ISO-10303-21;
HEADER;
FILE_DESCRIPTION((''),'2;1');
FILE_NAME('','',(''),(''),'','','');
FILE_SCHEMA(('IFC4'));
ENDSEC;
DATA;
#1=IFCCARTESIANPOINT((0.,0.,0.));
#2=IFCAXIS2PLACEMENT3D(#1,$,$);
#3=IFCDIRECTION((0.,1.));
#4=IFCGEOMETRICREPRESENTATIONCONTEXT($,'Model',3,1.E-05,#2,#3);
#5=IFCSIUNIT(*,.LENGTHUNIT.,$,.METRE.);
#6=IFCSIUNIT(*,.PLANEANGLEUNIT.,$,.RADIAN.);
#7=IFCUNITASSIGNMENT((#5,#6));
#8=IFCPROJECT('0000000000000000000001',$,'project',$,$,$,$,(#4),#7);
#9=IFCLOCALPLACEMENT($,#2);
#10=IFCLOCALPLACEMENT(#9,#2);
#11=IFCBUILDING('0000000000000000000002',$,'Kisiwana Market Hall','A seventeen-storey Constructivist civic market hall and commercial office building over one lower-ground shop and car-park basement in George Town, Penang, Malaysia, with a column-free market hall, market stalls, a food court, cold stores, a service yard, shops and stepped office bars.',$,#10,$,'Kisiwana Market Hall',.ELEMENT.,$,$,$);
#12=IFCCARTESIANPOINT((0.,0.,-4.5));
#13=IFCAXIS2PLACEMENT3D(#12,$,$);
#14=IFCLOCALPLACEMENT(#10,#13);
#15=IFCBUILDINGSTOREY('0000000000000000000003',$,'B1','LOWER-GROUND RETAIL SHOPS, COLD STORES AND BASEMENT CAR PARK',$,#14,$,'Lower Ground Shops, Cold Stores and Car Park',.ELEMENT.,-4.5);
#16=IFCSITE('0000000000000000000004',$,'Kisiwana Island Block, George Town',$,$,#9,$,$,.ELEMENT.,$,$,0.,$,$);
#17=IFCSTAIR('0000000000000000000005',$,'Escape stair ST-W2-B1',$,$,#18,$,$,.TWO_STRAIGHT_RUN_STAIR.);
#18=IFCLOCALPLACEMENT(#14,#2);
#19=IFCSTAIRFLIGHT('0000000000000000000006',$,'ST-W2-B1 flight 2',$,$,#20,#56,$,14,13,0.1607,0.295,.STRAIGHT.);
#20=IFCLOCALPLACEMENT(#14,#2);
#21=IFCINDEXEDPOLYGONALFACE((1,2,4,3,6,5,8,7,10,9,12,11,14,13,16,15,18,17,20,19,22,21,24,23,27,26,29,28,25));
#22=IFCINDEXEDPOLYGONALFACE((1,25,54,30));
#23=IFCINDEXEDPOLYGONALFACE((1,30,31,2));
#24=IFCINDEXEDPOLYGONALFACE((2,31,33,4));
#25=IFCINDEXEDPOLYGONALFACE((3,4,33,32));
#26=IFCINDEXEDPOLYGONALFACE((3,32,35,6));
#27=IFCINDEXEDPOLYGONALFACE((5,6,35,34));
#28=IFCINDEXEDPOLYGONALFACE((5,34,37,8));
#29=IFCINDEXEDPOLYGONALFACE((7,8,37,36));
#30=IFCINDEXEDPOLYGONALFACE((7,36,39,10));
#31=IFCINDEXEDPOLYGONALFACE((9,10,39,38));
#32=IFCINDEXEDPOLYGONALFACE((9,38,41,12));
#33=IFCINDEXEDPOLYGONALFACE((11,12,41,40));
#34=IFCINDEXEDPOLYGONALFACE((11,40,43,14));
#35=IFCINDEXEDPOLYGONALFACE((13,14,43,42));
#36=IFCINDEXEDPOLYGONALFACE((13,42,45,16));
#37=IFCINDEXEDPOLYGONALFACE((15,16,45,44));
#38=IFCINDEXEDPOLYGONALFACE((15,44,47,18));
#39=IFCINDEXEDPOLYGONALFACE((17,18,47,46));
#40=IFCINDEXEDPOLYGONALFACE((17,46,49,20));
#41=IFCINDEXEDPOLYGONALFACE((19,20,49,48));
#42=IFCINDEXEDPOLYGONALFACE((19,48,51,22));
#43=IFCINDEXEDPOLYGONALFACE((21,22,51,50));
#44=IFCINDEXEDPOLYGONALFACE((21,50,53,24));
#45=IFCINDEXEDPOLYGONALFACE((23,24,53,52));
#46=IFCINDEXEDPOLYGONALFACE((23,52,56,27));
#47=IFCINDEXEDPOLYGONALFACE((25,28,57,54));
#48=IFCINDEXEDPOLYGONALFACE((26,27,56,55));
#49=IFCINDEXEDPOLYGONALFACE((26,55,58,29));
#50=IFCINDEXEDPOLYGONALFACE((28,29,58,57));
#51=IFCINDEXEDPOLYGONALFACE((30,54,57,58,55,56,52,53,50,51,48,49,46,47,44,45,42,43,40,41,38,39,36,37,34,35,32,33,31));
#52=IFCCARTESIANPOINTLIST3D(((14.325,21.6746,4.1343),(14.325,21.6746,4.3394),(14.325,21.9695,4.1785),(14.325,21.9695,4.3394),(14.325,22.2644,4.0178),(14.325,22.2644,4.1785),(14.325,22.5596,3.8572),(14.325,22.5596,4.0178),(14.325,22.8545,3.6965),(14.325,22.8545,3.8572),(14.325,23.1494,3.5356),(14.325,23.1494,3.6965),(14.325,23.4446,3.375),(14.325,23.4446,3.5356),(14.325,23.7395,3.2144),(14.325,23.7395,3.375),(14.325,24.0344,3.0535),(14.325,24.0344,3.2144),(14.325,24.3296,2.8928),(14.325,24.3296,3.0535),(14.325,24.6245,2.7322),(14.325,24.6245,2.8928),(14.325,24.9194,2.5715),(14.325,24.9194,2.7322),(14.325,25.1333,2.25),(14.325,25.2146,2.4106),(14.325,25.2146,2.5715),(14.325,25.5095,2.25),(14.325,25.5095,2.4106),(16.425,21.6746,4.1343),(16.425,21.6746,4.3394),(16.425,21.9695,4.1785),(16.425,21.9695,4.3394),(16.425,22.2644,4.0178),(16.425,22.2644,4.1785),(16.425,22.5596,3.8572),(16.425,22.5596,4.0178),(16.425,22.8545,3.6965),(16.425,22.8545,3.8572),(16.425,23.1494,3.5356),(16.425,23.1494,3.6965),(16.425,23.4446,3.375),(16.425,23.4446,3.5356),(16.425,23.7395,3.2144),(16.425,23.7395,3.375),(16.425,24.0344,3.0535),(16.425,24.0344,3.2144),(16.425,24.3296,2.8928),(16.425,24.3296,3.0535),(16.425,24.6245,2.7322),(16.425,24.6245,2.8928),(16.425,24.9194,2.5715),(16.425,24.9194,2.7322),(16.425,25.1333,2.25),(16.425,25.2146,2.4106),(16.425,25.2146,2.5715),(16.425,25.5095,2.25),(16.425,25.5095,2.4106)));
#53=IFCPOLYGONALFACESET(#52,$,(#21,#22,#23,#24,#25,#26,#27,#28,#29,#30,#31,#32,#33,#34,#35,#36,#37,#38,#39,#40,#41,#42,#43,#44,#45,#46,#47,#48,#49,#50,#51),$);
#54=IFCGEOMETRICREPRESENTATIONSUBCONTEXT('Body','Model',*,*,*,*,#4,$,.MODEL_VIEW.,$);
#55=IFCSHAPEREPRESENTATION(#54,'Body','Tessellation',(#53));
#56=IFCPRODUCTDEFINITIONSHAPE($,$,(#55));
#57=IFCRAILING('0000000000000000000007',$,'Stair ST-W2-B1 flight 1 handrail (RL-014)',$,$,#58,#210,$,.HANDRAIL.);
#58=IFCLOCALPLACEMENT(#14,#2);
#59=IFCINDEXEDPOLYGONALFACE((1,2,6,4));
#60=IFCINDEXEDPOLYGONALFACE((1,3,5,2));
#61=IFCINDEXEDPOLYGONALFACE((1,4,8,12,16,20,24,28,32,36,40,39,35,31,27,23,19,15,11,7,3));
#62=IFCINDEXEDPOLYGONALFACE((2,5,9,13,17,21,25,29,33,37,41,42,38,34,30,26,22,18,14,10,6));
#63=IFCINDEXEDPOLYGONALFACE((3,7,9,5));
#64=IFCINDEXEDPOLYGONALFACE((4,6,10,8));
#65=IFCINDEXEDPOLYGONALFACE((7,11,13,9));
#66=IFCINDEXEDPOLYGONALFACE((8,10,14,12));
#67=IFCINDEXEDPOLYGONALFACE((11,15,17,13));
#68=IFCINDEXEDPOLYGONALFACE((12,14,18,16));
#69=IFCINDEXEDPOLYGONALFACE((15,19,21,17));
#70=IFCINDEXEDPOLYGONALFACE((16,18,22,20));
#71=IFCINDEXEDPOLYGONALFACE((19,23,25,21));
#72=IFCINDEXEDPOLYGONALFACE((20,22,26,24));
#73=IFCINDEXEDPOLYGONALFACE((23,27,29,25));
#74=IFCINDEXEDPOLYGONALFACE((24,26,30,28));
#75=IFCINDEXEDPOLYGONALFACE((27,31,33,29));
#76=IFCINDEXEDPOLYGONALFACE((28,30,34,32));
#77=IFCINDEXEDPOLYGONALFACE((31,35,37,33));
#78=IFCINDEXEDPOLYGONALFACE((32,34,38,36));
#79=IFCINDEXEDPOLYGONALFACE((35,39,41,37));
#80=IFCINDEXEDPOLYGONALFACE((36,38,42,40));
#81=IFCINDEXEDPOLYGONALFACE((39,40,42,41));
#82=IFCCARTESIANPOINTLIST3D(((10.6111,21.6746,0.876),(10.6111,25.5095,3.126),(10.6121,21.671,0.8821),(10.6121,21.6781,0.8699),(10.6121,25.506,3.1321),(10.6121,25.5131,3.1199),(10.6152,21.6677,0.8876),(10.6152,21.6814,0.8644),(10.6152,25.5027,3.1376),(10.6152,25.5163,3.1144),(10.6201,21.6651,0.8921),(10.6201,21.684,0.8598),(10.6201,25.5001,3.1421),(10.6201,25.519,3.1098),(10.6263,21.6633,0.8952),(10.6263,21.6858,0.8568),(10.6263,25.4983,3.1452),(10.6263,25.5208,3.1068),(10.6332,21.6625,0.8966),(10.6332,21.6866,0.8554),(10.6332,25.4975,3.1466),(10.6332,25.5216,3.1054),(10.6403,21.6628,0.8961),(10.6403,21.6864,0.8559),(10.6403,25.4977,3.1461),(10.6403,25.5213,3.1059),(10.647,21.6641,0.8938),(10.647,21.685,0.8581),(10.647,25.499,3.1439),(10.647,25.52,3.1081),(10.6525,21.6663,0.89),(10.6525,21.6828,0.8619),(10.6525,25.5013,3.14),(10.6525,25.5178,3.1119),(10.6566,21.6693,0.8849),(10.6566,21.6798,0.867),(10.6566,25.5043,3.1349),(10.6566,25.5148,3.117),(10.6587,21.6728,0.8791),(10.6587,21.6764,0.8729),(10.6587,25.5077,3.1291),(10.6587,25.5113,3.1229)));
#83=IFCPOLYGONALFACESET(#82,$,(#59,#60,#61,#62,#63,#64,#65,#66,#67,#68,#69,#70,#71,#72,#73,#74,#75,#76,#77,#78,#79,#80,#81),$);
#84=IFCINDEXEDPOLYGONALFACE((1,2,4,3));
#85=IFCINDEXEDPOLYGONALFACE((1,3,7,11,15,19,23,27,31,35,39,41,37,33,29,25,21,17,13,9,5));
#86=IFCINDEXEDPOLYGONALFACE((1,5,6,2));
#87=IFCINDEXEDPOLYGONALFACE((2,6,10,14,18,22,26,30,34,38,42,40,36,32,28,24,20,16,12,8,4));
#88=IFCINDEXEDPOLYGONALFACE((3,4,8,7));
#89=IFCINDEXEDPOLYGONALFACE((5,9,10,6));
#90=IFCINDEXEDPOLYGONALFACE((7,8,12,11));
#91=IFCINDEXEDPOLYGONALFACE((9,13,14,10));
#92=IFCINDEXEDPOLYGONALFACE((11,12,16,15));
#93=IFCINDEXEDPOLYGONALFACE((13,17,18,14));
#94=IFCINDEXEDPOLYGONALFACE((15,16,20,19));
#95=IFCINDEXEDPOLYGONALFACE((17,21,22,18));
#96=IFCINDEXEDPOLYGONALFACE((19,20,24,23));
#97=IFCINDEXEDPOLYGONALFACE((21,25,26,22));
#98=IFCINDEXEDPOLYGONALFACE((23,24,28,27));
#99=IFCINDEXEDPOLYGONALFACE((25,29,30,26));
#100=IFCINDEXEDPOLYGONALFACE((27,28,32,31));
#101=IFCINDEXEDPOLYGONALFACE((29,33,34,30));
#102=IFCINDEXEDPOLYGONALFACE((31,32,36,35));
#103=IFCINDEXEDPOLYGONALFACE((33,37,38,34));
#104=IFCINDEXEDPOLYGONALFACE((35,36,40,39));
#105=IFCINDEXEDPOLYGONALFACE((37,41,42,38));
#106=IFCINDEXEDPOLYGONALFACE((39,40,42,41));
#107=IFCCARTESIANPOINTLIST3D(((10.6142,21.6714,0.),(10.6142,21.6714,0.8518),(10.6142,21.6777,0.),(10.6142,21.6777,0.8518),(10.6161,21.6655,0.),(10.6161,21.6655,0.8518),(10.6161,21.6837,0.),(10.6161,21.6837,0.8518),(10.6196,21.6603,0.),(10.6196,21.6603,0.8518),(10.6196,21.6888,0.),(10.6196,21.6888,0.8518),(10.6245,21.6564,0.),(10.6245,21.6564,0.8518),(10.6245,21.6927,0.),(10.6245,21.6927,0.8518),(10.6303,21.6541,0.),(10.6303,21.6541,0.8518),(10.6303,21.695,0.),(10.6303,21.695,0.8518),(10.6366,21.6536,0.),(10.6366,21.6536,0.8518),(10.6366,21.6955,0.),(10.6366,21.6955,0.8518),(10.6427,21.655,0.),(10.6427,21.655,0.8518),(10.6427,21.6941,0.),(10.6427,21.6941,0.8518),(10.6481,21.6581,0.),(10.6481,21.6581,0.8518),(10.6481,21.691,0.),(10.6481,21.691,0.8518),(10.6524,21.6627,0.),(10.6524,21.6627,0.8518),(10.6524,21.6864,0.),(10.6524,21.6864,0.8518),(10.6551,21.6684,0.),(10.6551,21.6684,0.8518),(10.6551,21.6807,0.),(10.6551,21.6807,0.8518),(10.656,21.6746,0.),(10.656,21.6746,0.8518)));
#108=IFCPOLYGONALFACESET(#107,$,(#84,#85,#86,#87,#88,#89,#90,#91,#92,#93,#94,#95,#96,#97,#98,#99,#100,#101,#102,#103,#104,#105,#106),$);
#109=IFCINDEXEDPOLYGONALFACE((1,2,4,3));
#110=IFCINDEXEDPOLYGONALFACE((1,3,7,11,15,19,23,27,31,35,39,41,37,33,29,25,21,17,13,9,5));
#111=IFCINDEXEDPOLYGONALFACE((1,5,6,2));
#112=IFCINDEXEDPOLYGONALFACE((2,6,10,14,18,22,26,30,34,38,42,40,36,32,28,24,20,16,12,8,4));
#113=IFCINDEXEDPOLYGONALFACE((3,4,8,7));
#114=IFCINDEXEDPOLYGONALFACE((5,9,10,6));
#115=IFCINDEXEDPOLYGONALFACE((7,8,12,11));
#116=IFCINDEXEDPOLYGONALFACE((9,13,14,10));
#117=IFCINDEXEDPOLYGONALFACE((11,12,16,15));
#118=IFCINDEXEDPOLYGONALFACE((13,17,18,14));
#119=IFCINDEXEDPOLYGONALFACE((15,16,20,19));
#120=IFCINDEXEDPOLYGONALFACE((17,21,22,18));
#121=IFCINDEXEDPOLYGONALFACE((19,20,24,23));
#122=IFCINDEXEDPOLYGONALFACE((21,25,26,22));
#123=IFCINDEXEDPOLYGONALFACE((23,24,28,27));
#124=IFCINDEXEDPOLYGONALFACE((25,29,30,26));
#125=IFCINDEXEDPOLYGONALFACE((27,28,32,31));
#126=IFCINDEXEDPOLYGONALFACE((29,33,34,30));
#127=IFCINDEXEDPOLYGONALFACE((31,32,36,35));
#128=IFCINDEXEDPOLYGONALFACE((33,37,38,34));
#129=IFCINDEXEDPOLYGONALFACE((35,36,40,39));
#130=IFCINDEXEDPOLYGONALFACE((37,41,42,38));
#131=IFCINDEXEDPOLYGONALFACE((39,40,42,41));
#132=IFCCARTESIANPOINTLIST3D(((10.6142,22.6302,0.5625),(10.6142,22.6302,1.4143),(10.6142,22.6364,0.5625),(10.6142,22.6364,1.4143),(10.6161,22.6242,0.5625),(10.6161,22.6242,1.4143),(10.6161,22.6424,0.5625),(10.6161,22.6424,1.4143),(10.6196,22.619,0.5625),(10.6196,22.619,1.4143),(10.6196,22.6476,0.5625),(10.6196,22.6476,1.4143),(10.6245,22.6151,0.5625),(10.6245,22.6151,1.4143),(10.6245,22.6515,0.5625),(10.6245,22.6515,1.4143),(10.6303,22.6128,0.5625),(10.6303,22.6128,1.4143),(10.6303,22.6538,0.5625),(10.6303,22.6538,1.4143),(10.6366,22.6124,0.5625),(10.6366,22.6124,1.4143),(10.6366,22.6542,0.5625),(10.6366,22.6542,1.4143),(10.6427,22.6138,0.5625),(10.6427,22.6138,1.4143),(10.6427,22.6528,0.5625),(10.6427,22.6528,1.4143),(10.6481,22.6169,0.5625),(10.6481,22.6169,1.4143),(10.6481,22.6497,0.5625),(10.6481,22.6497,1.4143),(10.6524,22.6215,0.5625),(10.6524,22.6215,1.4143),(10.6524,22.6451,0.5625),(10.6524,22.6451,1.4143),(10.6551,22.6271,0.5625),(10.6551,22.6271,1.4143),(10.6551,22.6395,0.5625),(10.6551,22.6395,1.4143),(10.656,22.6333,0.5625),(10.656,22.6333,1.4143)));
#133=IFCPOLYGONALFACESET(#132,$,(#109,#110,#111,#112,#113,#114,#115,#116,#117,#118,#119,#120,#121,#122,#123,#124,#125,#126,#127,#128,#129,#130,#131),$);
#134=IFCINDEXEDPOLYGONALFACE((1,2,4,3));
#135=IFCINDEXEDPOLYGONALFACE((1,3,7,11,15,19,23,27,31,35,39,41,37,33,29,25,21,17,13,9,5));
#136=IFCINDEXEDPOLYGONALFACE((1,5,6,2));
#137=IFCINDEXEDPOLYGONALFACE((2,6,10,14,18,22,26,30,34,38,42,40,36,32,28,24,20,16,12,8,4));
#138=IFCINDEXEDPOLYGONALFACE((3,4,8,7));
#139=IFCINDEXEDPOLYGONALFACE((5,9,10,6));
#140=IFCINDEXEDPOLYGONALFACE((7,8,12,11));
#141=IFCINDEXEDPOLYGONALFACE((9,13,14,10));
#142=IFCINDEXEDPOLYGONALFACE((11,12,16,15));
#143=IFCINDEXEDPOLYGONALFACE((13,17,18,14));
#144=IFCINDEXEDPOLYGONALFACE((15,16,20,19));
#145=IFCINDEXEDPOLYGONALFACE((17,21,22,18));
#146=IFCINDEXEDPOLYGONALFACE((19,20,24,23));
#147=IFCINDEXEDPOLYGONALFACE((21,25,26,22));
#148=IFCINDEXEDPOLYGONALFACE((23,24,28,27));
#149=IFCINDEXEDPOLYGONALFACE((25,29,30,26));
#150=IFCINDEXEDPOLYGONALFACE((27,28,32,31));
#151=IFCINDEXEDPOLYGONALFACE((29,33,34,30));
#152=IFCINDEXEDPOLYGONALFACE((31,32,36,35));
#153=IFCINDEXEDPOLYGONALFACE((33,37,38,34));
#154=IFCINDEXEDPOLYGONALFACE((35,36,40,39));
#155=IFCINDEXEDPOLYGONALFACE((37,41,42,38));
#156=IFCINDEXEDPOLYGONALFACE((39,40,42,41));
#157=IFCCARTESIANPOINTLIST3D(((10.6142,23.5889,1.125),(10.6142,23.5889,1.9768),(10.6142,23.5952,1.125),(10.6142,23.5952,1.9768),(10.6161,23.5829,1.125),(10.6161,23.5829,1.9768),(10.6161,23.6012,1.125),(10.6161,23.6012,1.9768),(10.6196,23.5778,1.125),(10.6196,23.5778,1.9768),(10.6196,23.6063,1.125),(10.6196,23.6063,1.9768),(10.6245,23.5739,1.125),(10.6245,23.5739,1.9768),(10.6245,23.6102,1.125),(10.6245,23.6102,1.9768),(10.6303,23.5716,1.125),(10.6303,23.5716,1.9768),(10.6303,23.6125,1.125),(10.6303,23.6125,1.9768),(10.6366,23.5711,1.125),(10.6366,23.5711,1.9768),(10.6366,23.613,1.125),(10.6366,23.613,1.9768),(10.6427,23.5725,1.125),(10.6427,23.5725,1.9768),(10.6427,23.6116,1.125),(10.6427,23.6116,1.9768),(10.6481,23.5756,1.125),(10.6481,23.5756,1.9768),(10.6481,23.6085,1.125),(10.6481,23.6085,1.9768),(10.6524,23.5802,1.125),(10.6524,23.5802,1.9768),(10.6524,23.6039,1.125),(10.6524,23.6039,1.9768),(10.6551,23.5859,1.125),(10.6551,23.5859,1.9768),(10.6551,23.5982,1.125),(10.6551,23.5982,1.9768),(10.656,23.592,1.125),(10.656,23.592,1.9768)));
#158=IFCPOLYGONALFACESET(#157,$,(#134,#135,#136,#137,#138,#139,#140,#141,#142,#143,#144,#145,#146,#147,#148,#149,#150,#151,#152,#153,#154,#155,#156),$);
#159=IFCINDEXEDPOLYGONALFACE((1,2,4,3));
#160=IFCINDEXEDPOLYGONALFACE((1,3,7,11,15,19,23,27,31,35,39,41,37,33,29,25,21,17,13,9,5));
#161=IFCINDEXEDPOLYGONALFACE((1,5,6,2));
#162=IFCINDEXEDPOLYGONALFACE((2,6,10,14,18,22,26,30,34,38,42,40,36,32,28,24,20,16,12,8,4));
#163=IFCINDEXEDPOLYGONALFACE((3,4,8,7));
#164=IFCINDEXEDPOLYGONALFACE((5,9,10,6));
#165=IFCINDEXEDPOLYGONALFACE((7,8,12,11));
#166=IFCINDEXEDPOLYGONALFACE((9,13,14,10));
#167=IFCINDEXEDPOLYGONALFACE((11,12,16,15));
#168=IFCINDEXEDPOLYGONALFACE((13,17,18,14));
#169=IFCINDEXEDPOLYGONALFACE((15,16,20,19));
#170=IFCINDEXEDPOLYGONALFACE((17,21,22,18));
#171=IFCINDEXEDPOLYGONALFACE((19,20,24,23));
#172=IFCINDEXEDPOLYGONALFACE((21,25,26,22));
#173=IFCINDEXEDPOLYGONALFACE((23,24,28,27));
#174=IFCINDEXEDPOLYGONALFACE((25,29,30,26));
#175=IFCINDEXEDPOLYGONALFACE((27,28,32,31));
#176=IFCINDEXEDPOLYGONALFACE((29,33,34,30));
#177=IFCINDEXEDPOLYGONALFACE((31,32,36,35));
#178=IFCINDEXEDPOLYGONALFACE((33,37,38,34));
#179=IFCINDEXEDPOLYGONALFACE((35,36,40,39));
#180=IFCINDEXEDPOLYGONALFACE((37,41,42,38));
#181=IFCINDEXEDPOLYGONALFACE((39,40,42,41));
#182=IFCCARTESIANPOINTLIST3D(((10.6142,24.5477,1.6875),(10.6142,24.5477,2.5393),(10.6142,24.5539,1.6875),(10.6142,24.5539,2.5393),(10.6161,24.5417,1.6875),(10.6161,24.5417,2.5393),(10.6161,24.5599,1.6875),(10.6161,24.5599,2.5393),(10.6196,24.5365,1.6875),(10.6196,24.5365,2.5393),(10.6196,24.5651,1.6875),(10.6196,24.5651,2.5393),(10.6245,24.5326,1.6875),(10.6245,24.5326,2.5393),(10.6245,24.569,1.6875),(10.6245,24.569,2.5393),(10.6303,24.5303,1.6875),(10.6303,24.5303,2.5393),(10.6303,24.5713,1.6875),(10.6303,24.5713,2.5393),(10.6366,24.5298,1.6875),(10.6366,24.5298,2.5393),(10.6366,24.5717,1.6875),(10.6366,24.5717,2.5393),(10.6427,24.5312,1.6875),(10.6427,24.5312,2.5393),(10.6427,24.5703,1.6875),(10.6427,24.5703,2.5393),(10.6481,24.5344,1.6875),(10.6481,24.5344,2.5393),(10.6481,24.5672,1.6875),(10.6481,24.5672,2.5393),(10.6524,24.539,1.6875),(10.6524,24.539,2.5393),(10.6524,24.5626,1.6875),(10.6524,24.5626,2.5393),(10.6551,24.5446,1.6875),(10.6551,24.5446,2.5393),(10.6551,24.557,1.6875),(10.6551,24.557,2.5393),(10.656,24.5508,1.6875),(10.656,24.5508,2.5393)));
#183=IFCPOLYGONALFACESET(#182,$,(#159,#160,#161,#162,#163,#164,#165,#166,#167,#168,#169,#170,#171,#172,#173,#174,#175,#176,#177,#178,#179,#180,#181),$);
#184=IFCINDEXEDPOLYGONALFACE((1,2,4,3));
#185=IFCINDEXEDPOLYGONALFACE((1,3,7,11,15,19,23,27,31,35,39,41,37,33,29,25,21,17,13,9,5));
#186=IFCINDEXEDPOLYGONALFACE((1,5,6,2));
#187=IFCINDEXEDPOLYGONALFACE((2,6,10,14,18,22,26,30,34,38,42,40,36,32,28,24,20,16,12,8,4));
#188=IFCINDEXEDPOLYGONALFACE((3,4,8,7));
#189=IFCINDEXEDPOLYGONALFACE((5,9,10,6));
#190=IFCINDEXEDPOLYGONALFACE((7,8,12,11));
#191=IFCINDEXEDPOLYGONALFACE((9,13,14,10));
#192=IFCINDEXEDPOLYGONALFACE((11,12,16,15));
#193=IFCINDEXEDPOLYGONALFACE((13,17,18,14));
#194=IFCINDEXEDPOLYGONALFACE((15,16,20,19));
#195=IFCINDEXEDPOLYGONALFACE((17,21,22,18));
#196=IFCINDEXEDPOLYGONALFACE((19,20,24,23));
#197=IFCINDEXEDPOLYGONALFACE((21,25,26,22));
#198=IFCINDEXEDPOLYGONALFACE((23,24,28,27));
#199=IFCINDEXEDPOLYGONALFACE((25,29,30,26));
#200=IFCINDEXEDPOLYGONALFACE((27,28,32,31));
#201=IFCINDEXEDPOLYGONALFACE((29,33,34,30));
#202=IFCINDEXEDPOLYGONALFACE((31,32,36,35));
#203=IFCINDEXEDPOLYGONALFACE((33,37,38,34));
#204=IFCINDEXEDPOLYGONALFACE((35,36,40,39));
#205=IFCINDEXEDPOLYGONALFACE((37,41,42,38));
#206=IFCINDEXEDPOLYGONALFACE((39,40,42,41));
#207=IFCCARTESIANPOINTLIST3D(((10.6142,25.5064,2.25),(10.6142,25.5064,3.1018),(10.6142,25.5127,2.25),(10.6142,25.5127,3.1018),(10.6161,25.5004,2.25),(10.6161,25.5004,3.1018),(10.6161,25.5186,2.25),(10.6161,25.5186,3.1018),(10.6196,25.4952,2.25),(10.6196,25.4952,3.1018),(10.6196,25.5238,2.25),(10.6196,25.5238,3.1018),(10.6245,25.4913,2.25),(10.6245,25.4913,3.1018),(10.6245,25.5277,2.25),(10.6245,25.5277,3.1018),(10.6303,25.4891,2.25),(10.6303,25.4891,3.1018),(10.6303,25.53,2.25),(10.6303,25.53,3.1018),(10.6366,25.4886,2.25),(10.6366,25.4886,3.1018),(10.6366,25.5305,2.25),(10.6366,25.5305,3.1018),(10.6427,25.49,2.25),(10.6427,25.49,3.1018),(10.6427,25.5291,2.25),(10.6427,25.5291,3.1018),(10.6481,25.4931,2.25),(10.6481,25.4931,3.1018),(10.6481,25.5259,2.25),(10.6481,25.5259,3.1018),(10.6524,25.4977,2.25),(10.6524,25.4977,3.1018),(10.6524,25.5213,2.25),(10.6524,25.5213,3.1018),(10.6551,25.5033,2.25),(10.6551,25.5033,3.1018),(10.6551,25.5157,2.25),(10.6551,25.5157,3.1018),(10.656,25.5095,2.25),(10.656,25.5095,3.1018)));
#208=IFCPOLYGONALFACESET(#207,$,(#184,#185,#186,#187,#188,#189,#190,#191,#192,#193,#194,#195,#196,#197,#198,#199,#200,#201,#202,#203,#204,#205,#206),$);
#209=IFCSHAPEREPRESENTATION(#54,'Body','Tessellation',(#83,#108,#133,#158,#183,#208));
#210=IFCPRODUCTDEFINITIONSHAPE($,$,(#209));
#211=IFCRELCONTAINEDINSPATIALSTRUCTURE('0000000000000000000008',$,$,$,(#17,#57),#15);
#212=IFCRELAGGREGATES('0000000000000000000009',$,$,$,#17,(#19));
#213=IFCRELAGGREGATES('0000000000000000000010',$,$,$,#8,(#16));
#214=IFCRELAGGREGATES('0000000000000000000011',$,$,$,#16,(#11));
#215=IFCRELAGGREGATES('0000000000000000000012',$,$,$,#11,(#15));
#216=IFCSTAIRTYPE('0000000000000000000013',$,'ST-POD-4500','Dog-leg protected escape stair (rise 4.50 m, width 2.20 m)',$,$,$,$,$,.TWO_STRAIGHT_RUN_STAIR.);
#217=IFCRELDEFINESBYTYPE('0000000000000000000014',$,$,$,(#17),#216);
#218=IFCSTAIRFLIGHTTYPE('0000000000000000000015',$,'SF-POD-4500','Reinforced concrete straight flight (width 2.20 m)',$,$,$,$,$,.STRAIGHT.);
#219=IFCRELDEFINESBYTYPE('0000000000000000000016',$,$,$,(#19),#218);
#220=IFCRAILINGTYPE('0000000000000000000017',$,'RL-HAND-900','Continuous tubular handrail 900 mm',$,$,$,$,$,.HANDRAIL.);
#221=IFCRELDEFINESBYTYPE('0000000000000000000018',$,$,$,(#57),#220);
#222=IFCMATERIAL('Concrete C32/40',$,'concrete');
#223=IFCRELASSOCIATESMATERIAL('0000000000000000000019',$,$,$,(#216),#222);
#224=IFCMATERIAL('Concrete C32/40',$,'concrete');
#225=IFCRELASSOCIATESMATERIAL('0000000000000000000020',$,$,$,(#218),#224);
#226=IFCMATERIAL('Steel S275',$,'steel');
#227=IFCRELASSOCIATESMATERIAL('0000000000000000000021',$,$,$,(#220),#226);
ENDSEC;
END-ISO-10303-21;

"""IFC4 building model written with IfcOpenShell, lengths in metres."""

from ifc_helpers import new_model, si_unit, direction, frame, origin, origin_2d, place, context, subcontext, project, spatial, polyline, circle, outline, extrude, material, type_object, element, aggregate, save


model = new_model("IFC4")

# Units and contexts
model_context = context("Model", 3, precision=1e-05, world=origin(), true_north=direction((0.0, 1.0)))
body_context = subcontext(model_context, "Body", "Model", "MODEL_VIEW")
ifc_project = project(units=[si_unit("LENGTHUNIT", "METRE"), si_unit("PLANEANGLEUNIT", "RADIAN")], contexts=[model_context])

# Site, building, storey
site_placement = place(None, origin())
site = spatial("IfcSite", under=ifc_project, at=site_placement, Name="Kisiwana Island Block, George Town", CompositionType="ELEMENT", RefElevation=0.0)
building_placement = place(site_placement, origin())
building = spatial("IfcBuilding", under=site, at=building_placement, Name="Kisiwana Market Hall", Description="A seventeen-storey Constructivist civic market hall and commercial office building over one lower-ground shop and car-park basement in George Town, Penang, Malaysia, with a column-free market hall, market stalls, a food court, cold stores, a service yard, shops and stepped office bars.", LongName="Kisiwana Market Hall", CompositionType="ELEMENT")
storey_placement = place(building_placement, frame((0.0, 0.0, -4.5)))
storey = spatial("IfcBuildingStorey", under=building, at=storey_placement, Name="B1", Description="LOWER-GROUND RETAIL SHOPS, COLD STORES AND BASEMENT CAR PARK", LongName="Lower Ground Shops, Cold Stores and Car Park", CompositionType="ELEMENT", Elevation=-4.5)

# Stair, stair flight
ifc_material_1 = material(Name="Concrete C32/40", Category="concrete")
stair_type = type_object("IfcStairType", Name="ST-POD-4500", Description="Dog-leg protected escape stair (rise 4.50 m, width 2.20 m)", PredefinedType="TWO_STRAIGHT_RUN_STAIR", material=ifc_material_1)
stair_placement = place(storey_placement, origin())
stair = element("IfcStair", 1, at=stair_placement, inside=storey, type_object=stair_type, Name="Escape stair ST-W2-B1", PredefinedType="TWO_STRAIGHT_RUN_STAIR")
ifc_material_2 = material(Name="Concrete C32/40", Category="concrete")
stair_flight_type = type_object("IfcStairFlightType", Name="SF-POD-4500", Description="Reinforced concrete straight flight (width 2.20 m)", PredefinedType="STRAIGHT", material=ifc_material_2)
stair_flight_1_placement = place(storey_placement, frame((15.375, 25.5095, 2.25), z_axis=(0.0, 0.0, 1.0), x_axis=(0.0, -1.0, 0.0)))
stair_flight_1 = element("IfcStairFlight", 2, at=stair_flight_1_placement, type_object=stair_flight_type, Name="ST-W2-B1 flight 2", NumberOfRisers=14, NumberOfTreads=13, PredefinedType="STRAIGHT", RiserHeight=0.1607, TreadLength=0.295, context=body_context, shape_type="SweptSolid", body=[
    extrude(outline(polyline([(0.0, 0.0), (0.0, 0.1606), (0.2949, 0.1606), (0.2949, 0.3215), (0.5901, 0.3215), (0.5901, 0.4822), (0.885, 0.4822), (0.885, 0.6428), (1.1799, 0.6428), (1.1799, 0.8035), (1.4751, 0.8035), (1.4751, 0.9644), (1.77, 0.9644), (1.77, 1.125), (2.0649, 1.125), (2.0649, 1.2856), (2.3601, 1.2856), (2.3601, 1.4465), (2.655, 1.4465), (2.655, 1.6072), (2.95, 1.6072), (2.95, 1.7678), (3.2451, 1.7678), (3.2451, 1.9285), (3.54, 1.9285), (3.54, 2.0894), (3.835, 2.0894), (3.835, 2.25), (3.835, 1.8843), (0.3762, 0.0), (0.0, 0.0)])), frame((0.0, 1.05, 0.0), z_axis=(0.0, -1.0, 0.0), x_axis=(1.0, 0.0, 0.0)), (0.0, 0.0, 1.0), 2.1001),
])
aggregate(stair, [stair_flight_1])

# Railing
ifc_material_3 = material(Name="Steel S275", Category="steel")
railing_type_1 = type_object("IfcRailingType", Name="RL-HAND-900", Description="Continuous tubular handrail 900 mm", PredefinedType="HANDRAIL", material=ifc_material_3)
railing_1_placement = place(storey_placement, frame((10.635, 21.6746, 0.0)))
element("IfcRailing", 3, at=railing_1_placement, inside=storey, type_object=railing_type_1, Name="Stair ST-W2-B1 flight 1 handrail (RL-014)", PredefinedType="HANDRAIL", context=body_context, shape_type="SweptSolid", body=[
    extrude(circle(Radius=0.0239, at=origin_2d()), frame((0.0, 0.0, 0.876), z_axis=(0.0, 0.86251, 0.506041), x_axis=(-1.0, 0.0, 0.0)), (0.0, 0.0, 1.0), 4.4463),
    extrude(circle(Radius=0.021, at=origin_2d()), origin(), (0.0, 0.0, 1.0), 0.8518),
    extrude(circle(Radius=0.021, at=origin_2d()), frame((0.0, 0.9587, 0.5625)), (0.0, 0.0, 1.0), 0.8518),
    extrude(circle(Radius=0.021, at=origin_2d()), frame((0.0, 1.9175, 1.125)), (0.0, 0.0, 1.0), 0.8518),
    extrude(circle(Radius=0.021, at=origin_2d()), frame((0.0, 2.8762, 1.6875)), (0.0, 0.0, 1.0), 0.8518),
    extrude(circle(Radius=0.021, at=origin_2d()), frame((0.0, 3.835, 2.25)), (0.0, 0.0, 1.0), 0.8518),
])

save(model, "model.ifc")
